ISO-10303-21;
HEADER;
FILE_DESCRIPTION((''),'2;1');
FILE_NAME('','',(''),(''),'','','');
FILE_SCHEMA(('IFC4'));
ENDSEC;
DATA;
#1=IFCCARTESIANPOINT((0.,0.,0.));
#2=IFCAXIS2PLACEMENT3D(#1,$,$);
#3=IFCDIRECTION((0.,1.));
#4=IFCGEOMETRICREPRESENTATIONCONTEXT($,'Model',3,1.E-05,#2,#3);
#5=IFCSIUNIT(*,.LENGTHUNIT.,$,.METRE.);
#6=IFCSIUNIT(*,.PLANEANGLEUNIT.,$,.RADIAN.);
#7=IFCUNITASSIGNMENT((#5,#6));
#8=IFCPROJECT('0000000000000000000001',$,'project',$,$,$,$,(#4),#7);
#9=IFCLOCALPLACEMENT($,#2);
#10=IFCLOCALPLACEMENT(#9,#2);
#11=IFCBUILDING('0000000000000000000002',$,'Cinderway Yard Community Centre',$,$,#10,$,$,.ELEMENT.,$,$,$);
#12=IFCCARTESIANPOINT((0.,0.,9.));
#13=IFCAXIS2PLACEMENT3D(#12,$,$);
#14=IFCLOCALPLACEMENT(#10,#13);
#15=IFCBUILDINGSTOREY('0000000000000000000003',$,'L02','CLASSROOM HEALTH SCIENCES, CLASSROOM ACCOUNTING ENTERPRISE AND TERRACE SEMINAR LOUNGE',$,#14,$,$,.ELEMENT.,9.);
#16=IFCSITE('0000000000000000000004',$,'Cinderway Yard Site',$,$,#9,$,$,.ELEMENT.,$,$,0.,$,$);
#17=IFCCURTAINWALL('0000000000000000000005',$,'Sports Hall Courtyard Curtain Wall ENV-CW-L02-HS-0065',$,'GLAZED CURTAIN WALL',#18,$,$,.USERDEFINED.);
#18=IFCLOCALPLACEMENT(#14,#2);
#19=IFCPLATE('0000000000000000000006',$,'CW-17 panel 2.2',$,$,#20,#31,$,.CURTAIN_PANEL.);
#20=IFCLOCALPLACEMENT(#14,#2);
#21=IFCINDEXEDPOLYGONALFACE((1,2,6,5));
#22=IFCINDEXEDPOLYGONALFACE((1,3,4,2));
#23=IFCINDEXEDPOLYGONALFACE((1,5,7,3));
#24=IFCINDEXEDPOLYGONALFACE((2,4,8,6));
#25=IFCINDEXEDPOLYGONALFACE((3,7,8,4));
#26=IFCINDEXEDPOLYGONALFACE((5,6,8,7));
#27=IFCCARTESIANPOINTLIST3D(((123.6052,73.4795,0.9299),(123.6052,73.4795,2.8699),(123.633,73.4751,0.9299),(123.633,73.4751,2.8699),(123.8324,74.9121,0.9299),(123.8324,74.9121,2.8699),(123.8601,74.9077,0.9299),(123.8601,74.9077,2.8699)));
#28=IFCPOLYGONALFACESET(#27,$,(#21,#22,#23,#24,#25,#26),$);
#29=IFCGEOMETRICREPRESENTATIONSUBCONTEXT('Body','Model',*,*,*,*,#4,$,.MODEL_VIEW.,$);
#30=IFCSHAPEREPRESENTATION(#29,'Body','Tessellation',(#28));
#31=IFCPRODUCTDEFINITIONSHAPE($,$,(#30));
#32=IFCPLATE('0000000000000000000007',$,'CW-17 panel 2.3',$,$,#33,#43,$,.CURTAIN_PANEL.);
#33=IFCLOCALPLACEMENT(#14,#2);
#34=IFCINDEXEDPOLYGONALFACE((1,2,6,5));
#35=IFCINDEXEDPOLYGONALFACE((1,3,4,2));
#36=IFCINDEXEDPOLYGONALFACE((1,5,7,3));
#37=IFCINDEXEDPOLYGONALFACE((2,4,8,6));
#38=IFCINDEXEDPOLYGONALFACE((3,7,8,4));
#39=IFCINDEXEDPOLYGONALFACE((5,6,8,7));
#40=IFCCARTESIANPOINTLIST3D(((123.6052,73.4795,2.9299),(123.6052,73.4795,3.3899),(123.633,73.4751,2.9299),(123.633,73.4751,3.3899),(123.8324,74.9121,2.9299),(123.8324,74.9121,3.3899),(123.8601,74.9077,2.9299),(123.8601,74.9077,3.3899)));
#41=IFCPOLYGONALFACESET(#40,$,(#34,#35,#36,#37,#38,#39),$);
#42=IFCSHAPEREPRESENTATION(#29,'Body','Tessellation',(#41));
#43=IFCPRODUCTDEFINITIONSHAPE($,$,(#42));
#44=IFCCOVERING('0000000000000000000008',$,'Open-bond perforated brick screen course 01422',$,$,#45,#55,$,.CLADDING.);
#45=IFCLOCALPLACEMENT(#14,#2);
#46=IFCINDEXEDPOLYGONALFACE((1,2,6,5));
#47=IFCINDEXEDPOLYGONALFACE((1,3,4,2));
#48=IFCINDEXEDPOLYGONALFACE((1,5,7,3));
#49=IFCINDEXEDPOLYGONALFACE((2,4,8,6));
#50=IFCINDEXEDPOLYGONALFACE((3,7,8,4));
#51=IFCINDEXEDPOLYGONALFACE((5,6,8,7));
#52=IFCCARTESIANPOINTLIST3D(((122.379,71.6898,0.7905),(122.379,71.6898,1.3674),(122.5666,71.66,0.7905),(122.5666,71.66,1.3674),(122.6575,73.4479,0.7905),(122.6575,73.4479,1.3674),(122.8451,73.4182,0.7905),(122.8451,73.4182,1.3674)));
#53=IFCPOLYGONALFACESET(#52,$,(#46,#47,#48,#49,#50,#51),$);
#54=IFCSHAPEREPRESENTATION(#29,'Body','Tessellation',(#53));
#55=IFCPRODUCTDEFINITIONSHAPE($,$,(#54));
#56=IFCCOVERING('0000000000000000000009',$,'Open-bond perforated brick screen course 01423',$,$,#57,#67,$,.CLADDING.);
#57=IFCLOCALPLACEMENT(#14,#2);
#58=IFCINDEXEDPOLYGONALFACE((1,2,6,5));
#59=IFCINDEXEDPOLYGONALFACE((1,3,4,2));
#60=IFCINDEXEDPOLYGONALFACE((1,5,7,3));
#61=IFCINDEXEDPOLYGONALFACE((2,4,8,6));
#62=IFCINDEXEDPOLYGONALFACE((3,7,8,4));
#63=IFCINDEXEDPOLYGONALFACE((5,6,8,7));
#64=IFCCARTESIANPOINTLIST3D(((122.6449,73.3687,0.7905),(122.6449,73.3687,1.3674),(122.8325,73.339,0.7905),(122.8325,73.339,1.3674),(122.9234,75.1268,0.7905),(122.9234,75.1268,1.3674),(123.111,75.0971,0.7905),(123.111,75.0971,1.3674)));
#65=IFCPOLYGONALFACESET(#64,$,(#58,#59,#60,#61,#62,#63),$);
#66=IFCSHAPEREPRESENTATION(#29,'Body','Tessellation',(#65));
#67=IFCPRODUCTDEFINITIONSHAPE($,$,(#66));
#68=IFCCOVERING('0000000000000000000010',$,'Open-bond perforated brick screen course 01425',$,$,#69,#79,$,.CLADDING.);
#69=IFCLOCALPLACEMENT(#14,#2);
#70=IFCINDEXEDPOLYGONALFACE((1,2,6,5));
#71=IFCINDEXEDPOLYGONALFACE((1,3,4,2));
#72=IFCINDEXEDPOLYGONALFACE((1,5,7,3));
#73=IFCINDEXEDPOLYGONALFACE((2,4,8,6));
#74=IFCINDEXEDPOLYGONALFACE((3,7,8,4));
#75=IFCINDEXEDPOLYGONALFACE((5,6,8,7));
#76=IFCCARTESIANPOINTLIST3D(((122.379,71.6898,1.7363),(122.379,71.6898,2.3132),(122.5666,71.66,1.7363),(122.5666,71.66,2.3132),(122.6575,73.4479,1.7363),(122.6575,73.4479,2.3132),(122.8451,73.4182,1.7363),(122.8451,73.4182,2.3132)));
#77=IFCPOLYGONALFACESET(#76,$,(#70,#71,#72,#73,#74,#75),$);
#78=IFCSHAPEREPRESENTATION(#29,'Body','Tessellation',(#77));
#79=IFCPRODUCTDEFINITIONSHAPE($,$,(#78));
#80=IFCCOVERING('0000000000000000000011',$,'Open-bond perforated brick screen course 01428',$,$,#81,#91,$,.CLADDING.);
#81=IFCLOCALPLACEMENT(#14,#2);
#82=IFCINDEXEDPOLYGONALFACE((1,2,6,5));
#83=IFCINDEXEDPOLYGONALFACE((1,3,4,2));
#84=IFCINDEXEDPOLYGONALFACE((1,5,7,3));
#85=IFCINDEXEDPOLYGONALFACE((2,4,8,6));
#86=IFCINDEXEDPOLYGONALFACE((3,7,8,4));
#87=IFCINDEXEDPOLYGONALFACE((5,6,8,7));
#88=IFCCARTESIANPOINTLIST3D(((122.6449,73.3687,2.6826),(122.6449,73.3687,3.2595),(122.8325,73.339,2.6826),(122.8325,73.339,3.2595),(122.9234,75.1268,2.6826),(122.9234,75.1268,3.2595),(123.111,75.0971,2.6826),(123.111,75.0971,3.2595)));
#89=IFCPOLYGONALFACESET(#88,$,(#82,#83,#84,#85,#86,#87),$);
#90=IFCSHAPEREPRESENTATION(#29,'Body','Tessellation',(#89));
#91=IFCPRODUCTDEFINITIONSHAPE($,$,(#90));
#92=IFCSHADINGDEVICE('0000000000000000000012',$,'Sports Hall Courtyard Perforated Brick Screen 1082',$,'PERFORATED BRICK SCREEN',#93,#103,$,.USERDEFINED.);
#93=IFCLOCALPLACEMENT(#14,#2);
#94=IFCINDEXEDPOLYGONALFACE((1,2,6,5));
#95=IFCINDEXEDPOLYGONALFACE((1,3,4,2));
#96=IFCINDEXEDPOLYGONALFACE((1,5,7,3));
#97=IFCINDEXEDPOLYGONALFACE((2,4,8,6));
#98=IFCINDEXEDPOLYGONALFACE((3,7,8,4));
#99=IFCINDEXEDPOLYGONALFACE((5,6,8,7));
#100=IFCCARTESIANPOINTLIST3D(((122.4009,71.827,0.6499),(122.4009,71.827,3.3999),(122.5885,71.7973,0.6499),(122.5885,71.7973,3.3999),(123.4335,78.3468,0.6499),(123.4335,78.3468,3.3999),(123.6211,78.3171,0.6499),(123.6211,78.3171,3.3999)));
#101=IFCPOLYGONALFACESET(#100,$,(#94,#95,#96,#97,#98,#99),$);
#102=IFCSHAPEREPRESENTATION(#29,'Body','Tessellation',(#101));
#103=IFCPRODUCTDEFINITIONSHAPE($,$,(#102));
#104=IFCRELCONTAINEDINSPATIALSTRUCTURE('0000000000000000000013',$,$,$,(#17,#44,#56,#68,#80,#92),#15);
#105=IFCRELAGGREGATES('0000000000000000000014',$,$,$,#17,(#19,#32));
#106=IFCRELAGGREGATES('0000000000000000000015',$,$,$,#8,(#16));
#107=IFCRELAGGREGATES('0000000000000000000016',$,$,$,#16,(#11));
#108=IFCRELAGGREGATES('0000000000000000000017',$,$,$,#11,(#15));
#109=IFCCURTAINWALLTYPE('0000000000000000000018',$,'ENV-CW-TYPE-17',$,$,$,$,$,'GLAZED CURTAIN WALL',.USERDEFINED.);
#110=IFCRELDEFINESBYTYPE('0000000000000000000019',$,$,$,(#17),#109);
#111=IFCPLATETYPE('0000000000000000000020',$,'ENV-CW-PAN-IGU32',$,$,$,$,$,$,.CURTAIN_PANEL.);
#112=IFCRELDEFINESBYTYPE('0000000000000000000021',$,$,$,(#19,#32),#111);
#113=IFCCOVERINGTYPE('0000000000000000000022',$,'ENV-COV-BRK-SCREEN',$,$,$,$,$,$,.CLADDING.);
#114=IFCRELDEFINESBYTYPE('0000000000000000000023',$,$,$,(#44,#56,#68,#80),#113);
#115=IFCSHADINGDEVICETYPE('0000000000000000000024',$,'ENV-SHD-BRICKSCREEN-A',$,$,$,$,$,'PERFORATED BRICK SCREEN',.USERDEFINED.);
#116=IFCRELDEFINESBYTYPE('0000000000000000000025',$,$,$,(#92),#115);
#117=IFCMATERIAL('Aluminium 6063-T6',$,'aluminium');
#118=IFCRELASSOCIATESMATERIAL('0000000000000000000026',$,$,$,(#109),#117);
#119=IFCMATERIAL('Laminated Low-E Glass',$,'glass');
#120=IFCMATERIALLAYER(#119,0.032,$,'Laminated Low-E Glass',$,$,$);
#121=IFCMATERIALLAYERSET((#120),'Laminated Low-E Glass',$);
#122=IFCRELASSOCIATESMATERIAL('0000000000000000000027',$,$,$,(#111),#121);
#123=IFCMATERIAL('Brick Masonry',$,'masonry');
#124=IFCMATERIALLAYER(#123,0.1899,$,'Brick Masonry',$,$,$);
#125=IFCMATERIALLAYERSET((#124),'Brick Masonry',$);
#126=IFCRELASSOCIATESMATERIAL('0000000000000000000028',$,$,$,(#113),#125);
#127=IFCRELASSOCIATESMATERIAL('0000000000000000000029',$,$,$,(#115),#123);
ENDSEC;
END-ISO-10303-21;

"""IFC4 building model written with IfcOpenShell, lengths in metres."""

from ifc_helpers import new_model, si_unit, direction, frame, origin, origin_2d, place, context, subcontext, project, spatial, rectangle, extrude, material, layer, layer_set, type_object, element, aggregate, save


model = new_model("IFC4")

# Units and contexts
model_context = context("Model", 3, precision=1e-05, world=origin(), true_north=direction((0.0, 1.0)))
body_context = subcontext(model_context, "Body", "Model", "MODEL_VIEW")
ifc_project = project(units=[si_unit("LENGTHUNIT", "METRE"), si_unit("PLANEANGLEUNIT", "RADIAN")], contexts=[model_context])

# Site, building, storey
site_placement = place(None, origin())
site = spatial("IfcSite", under=ifc_project, at=site_placement, Name="Cinderway Yard Site", CompositionType="ELEMENT", RefElevation=0.0)
building_placement = place(site_placement, origin())
building = spatial("IfcBuilding", under=site, at=building_placement, Name="Cinderway Yard Community Centre", CompositionType="ELEMENT")
storey_placement = place(building_placement, frame((0.0, 0.0, 9.0)))
storey = spatial("IfcBuildingStorey", under=building, at=storey_placement, Name="L02", Description="CLASSROOM HEALTH SCIENCES, CLASSROOM ACCOUNTING ENTERPRISE AND TERRACE SEMINAR LOUNGE", CompositionType="ELEMENT", Elevation=9.0)

# Curtain wall
ifc_material_1 = material(Name="Aluminium 6063-T6", Category="aluminium")
curtain_wall_type = type_object("IfcCurtainWallType", Name="ENV-CW-TYPE-17", ElementType="GLAZED CURTAIN WALL", PredefinedType="USERDEFINED", material=ifc_material_1)
curtain_wall_placement = place(storey_placement, origin())
curtain_wall = element("IfcCurtainWall", 1, at=curtain_wall_placement, inside=storey, type_object=curtain_wall_type, Name="Sports Hall Courtyard Curtain Wall ENV-CW-L02-HS-0065", ObjectType="GLAZED CURTAIN WALL", PredefinedType="USERDEFINED")

# Plates
ifc_material_2 = material(Name="Laminated Low-E Glass", Category="glass")
ifc_layer_1 = layer(ifc_material_2, 0.032, Name="Laminated Low-E Glass")
ifc_layer_set_1 = layer_set([ifc_layer_1], Name="Laminated Low-E Glass")
plate_type = type_object("IfcPlateType", Name="ENV-CW-PAN-IGU32", PredefinedType="CURTAIN_PANEL", material=ifc_layer_set_1)
plate_1_placement = place(storey_placement, frame((123.7327, 74.1936, 0.9299), z_axis=(0.0, 0.0, 1.0), x_axis=(0.156583, 0.987665, 0.0)))
plate_1 = element("IfcPlate", 2, at=plate_1_placement, type_object=plate_type, Name="CW-17 panel 2.2", PredefinedType="CURTAIN_PANEL", context=body_context, shape_type="SweptSolid", body=[
    extrude(rectangle(XDim=1.4504, YDim=0.0281, at=origin_2d()), origin(), (0.0, 0.0, 1.0), 1.9399),
])
plate_2_placement = place(storey_placement, frame((123.7327, 74.1936, 2.9299), z_axis=(0.0, 0.0, 1.0), x_axis=(0.156583, 0.987665, 0.0)))
plate_2 = element("IfcPlate", 3, at=plate_2_placement, type_object=plate_type, Name="CW-17 panel 2.3", PredefinedType="CURTAIN_PANEL", context=body_context, shape_type="SweptSolid", body=[
    extrude(rectangle(XDim=1.4504, YDim=0.0281, at=origin_2d()), origin(), (0.0, 0.0, 1.0), 0.46),
])
aggregate(curtain_wall, [plate_1, plate_2])

# Coverings
ifc_material_3 = material(Name="Brick Masonry", Category="masonry")
ifc_layer_2 = layer(ifc_material_3, 0.1899, Name="Brick Masonry")
ifc_layer_set_2 = layer_set([ifc_layer_2], Name="Brick Masonry")
covering_type = type_object("IfcCoveringType", Name="ENV-COV-BRK-SCREEN", PredefinedType="CLADDING", material=ifc_layer_set_2)
for number, where, z_axis, x_axis, name in (
    (4, (122.6121, 72.554, 0.7905), (0.0, 0.0, 1.0), (0.156434, 0.987688, 0.0), "Open-bond perforated brick screen course 01422"),
    (5, (122.8779, 74.2329, 0.7905), (0.0, 0.0, 1.0), (0.156434, 0.987688, 0.0), "Open-bond perforated brick screen course 01423"),
    (6, (122.6121, 72.554, 1.7363), (0.0, 0.0, 1.0), (0.156434, 0.987688, 0.0), "Open-bond perforated brick screen course 01425"),
    (7, (122.8779, 74.2329, 2.6826), (0.0, 0.0, 1.0), (0.156434, 0.987688, 0.0), "Open-bond perforated brick screen course 01428"),
):
    element("IfcCovering", number, at=place(storey_placement, frame(where, z_axis=z_axis, x_axis=x_axis)), inside=storey, type_object=covering_type, Name=name, PredefinedType="CLADDING", context=body_context, shape_type="SweptSolid", body=[
        extrude(rectangle(XDim=1.78, YDim=0.1899, at=origin_2d()), origin(), (0.0, 0.0, 1.0), 0.5769),
    ])

# Shading device
shading_device_type = type_object("IfcShadingDeviceType", Name="ENV-SHD-BRICKSCREEN-A", ElementType="PERFORATED BRICK SCREEN", PredefinedType="USERDEFINED", material=ifc_material_3)
shading_device_placement = place(storey_placement, frame((123.011, 75.072, 0.6499), z_axis=(0.0, 0.0, 1.0), x_axis=(0.156434, 0.987688, 0.0)))
element("IfcShadingDevice", 8, at=shading_device_placement, inside=storey, type_object=shading_device_type, Name="Sports Hall Courtyard Perforated Brick Screen 1082", ObjectType="PERFORATED BRICK SCREEN", PredefinedType="USERDEFINED", context=body_context, shape_type="SweptSolid", body=[
    extrude(rectangle(XDim=6.6011, YDim=0.1899, at=origin_2d()), origin(), (0.0, 0.0, 1.0), 2.75),
])

save(model, "model.ifc")
